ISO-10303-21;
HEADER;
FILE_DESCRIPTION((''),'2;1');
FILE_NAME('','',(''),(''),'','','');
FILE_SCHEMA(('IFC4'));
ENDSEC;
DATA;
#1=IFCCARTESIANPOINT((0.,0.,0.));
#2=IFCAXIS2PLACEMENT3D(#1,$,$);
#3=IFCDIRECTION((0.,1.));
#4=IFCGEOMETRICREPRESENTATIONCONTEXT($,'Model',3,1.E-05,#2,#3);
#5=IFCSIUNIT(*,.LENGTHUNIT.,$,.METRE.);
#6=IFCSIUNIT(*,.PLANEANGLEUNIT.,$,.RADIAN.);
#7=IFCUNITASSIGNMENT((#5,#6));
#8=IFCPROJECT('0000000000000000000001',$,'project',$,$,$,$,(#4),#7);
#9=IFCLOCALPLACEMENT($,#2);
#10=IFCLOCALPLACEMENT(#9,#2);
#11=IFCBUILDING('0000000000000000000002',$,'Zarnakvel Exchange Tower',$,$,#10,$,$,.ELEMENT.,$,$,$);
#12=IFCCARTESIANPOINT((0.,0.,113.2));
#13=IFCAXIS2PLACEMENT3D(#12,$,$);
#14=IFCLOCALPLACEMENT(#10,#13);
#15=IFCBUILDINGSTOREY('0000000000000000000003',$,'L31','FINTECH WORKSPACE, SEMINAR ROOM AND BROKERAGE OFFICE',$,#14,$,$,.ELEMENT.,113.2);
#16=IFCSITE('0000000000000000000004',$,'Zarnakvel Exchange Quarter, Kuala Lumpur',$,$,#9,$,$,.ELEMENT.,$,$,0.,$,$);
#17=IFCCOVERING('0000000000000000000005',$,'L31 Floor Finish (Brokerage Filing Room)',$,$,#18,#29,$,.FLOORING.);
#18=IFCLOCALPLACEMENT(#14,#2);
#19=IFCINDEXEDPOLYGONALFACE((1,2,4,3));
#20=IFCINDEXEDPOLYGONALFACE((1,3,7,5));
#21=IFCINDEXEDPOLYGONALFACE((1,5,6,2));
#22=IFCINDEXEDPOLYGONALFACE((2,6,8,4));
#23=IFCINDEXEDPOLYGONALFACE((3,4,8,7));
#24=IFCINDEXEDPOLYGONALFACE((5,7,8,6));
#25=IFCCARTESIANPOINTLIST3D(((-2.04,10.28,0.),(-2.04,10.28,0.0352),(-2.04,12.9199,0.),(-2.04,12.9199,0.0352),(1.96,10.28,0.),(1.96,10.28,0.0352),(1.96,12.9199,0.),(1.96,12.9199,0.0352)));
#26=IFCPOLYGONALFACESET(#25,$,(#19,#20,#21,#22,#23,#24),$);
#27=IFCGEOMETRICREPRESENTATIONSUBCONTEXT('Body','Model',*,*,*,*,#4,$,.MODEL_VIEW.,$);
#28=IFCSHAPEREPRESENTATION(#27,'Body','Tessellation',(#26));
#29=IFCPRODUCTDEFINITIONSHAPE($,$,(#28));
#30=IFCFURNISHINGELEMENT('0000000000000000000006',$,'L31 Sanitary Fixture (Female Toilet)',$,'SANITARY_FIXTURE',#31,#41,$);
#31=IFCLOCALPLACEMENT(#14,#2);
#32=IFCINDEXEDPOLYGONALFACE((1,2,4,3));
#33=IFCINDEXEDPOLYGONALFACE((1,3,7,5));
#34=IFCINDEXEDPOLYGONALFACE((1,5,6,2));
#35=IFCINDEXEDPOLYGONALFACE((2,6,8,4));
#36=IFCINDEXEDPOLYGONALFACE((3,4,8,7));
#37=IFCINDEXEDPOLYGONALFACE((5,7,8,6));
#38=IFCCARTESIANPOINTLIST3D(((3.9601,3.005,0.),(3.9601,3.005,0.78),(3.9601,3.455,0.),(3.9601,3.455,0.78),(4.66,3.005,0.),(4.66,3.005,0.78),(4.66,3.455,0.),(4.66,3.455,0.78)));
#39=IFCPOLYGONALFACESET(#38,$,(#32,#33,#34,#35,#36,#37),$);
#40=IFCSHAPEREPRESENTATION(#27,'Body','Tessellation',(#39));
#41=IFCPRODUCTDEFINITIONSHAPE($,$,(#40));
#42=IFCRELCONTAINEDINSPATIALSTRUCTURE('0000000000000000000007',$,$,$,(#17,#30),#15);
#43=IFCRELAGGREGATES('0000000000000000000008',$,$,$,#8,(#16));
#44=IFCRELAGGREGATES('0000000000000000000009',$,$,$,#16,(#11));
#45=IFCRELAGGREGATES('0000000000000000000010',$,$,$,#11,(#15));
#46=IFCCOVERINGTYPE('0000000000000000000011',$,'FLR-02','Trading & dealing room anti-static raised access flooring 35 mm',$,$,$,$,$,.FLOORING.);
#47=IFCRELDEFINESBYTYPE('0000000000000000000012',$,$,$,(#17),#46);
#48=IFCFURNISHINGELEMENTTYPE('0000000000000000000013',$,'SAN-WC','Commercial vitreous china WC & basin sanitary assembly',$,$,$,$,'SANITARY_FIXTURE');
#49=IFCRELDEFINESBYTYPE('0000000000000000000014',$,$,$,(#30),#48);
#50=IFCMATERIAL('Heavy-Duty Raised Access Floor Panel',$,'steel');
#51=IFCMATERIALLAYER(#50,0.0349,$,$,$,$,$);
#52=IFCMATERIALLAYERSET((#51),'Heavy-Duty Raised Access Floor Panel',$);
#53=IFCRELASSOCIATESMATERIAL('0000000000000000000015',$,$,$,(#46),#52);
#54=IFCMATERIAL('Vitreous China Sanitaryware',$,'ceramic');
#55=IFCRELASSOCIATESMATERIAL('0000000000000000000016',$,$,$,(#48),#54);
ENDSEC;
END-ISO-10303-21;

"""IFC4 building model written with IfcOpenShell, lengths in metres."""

from ifc_helpers import new_model, si_unit, direction, frame, origin, origin_2d, place, context, subcontext, project, spatial, polyline, rectangle, outline, extrude, source, transform, mapped, material, layer, layer_set, type_object, element, save


model = new_model("IFC4")

# Units and contexts
model_context = context("Model", 3, precision=1e-05, world=origin(), true_north=direction((0.0, 1.0)))
body_context = subcontext(model_context, "Body", "Model", "MODEL_VIEW")
ifc_project = project(units=[si_unit("LENGTHUNIT", "METRE"), si_unit("PLANEANGLEUNIT", "RADIAN")], contexts=[model_context])

# Site, building, storey
site_placement = place(None, origin())
site = spatial("IfcSite", under=ifc_project, at=site_placement, Name="Zarnakvel Exchange Quarter, Kuala Lumpur", CompositionType="ELEMENT", RefElevation=0.0)
building_placement = place(site_placement, origin())
building = spatial("IfcBuilding", under=site, at=building_placement, Name="Zarnakvel Exchange Tower", CompositionType="ELEMENT")
storey_placement = place(building_placement, frame((0.0, 0.0, 113.2)))
storey = spatial("IfcBuildingStorey", under=building, at=storey_placement, Name="L31", Description="FINTECH WORKSPACE, SEMINAR ROOM AND BROKERAGE OFFICE", CompositionType="ELEMENT", Elevation=113.2)

# Covering
ifc_material_1 = material(Name="Heavy-Duty Raised Access Floor Panel", Category="steel")
ifc_layer_1 = layer(ifc_material_1, 0.0349)
ifc_layer_set_1 = layer_set([ifc_layer_1], Name="Heavy-Duty Raised Access Floor Panel")
covering_type_1 = type_object("IfcCoveringType", Name="FLR-02", Description="Trading & dealing room anti-static raised access flooring 35 mm", PredefinedType="FLOORING", material=ifc_layer_set_1)
covering_1_placement = place(storey_placement, origin())
element("IfcCovering", 1, at=covering_1_placement, inside=storey, type_object=covering_type_1, Name="L31 Floor Finish (Brokerage Filing Room)", PredefinedType="FLOORING", context=body_context, shape_type="SweptSolid", body=[
    extrude(outline(polyline([(-2.04, 12.9199), (1.96, 12.9199), (1.96, 10.28), (-2.04, 10.28), (-2.04, 12.9199)])), origin(), (0.0, 0.0, 1.0), 0.0352),
])

# Furnishing element
ifc_material_2 = material(Name="Vitreous China Sanitaryware", Category="ceramic")
furnishing_element_type = type_object("IfcFurnishingElementType", Name="SAN-WC", Description="Commercial vitreous china WC & basin sanitary assembly", ElementType="SANITARY_FIXTURE", material=ifc_material_2)
shared_shape_1 = source(origin(), body_context, "Body", "SweptSolid", [
    extrude(rectangle(XDim=0.7, YDim=0.45, at=origin_2d()), origin(), (0.0, 0.0, 1.0), 0.78),
])
furnishing_placement = place(storey_placement, frame((4.3101, 3.23, 0.0), z_axis=(0.0, 0.0, 1.0), x_axis=(1.0, 0.0, 0.0)))
element("IfcFurnishingElement", 2, at=furnishing_placement, inside=storey, type_object=furnishing_element_type, Name="L31 Sanitary Fixture (Female Toilet)", ObjectType="SANITARY_FIXTURE", context=body_context, shape_type="MappedRepresentation", body=[
    mapped(shared_shape_1, transform((0.0, 0.0, 0.0), x_axis=(1.0, 0.0, 0.0), y_axis=(0.0, 1.0, 0.0), z_axis=(0.0, 0.0, 1.0), scale=1.0)),
])

save(model, "model.ifc")
